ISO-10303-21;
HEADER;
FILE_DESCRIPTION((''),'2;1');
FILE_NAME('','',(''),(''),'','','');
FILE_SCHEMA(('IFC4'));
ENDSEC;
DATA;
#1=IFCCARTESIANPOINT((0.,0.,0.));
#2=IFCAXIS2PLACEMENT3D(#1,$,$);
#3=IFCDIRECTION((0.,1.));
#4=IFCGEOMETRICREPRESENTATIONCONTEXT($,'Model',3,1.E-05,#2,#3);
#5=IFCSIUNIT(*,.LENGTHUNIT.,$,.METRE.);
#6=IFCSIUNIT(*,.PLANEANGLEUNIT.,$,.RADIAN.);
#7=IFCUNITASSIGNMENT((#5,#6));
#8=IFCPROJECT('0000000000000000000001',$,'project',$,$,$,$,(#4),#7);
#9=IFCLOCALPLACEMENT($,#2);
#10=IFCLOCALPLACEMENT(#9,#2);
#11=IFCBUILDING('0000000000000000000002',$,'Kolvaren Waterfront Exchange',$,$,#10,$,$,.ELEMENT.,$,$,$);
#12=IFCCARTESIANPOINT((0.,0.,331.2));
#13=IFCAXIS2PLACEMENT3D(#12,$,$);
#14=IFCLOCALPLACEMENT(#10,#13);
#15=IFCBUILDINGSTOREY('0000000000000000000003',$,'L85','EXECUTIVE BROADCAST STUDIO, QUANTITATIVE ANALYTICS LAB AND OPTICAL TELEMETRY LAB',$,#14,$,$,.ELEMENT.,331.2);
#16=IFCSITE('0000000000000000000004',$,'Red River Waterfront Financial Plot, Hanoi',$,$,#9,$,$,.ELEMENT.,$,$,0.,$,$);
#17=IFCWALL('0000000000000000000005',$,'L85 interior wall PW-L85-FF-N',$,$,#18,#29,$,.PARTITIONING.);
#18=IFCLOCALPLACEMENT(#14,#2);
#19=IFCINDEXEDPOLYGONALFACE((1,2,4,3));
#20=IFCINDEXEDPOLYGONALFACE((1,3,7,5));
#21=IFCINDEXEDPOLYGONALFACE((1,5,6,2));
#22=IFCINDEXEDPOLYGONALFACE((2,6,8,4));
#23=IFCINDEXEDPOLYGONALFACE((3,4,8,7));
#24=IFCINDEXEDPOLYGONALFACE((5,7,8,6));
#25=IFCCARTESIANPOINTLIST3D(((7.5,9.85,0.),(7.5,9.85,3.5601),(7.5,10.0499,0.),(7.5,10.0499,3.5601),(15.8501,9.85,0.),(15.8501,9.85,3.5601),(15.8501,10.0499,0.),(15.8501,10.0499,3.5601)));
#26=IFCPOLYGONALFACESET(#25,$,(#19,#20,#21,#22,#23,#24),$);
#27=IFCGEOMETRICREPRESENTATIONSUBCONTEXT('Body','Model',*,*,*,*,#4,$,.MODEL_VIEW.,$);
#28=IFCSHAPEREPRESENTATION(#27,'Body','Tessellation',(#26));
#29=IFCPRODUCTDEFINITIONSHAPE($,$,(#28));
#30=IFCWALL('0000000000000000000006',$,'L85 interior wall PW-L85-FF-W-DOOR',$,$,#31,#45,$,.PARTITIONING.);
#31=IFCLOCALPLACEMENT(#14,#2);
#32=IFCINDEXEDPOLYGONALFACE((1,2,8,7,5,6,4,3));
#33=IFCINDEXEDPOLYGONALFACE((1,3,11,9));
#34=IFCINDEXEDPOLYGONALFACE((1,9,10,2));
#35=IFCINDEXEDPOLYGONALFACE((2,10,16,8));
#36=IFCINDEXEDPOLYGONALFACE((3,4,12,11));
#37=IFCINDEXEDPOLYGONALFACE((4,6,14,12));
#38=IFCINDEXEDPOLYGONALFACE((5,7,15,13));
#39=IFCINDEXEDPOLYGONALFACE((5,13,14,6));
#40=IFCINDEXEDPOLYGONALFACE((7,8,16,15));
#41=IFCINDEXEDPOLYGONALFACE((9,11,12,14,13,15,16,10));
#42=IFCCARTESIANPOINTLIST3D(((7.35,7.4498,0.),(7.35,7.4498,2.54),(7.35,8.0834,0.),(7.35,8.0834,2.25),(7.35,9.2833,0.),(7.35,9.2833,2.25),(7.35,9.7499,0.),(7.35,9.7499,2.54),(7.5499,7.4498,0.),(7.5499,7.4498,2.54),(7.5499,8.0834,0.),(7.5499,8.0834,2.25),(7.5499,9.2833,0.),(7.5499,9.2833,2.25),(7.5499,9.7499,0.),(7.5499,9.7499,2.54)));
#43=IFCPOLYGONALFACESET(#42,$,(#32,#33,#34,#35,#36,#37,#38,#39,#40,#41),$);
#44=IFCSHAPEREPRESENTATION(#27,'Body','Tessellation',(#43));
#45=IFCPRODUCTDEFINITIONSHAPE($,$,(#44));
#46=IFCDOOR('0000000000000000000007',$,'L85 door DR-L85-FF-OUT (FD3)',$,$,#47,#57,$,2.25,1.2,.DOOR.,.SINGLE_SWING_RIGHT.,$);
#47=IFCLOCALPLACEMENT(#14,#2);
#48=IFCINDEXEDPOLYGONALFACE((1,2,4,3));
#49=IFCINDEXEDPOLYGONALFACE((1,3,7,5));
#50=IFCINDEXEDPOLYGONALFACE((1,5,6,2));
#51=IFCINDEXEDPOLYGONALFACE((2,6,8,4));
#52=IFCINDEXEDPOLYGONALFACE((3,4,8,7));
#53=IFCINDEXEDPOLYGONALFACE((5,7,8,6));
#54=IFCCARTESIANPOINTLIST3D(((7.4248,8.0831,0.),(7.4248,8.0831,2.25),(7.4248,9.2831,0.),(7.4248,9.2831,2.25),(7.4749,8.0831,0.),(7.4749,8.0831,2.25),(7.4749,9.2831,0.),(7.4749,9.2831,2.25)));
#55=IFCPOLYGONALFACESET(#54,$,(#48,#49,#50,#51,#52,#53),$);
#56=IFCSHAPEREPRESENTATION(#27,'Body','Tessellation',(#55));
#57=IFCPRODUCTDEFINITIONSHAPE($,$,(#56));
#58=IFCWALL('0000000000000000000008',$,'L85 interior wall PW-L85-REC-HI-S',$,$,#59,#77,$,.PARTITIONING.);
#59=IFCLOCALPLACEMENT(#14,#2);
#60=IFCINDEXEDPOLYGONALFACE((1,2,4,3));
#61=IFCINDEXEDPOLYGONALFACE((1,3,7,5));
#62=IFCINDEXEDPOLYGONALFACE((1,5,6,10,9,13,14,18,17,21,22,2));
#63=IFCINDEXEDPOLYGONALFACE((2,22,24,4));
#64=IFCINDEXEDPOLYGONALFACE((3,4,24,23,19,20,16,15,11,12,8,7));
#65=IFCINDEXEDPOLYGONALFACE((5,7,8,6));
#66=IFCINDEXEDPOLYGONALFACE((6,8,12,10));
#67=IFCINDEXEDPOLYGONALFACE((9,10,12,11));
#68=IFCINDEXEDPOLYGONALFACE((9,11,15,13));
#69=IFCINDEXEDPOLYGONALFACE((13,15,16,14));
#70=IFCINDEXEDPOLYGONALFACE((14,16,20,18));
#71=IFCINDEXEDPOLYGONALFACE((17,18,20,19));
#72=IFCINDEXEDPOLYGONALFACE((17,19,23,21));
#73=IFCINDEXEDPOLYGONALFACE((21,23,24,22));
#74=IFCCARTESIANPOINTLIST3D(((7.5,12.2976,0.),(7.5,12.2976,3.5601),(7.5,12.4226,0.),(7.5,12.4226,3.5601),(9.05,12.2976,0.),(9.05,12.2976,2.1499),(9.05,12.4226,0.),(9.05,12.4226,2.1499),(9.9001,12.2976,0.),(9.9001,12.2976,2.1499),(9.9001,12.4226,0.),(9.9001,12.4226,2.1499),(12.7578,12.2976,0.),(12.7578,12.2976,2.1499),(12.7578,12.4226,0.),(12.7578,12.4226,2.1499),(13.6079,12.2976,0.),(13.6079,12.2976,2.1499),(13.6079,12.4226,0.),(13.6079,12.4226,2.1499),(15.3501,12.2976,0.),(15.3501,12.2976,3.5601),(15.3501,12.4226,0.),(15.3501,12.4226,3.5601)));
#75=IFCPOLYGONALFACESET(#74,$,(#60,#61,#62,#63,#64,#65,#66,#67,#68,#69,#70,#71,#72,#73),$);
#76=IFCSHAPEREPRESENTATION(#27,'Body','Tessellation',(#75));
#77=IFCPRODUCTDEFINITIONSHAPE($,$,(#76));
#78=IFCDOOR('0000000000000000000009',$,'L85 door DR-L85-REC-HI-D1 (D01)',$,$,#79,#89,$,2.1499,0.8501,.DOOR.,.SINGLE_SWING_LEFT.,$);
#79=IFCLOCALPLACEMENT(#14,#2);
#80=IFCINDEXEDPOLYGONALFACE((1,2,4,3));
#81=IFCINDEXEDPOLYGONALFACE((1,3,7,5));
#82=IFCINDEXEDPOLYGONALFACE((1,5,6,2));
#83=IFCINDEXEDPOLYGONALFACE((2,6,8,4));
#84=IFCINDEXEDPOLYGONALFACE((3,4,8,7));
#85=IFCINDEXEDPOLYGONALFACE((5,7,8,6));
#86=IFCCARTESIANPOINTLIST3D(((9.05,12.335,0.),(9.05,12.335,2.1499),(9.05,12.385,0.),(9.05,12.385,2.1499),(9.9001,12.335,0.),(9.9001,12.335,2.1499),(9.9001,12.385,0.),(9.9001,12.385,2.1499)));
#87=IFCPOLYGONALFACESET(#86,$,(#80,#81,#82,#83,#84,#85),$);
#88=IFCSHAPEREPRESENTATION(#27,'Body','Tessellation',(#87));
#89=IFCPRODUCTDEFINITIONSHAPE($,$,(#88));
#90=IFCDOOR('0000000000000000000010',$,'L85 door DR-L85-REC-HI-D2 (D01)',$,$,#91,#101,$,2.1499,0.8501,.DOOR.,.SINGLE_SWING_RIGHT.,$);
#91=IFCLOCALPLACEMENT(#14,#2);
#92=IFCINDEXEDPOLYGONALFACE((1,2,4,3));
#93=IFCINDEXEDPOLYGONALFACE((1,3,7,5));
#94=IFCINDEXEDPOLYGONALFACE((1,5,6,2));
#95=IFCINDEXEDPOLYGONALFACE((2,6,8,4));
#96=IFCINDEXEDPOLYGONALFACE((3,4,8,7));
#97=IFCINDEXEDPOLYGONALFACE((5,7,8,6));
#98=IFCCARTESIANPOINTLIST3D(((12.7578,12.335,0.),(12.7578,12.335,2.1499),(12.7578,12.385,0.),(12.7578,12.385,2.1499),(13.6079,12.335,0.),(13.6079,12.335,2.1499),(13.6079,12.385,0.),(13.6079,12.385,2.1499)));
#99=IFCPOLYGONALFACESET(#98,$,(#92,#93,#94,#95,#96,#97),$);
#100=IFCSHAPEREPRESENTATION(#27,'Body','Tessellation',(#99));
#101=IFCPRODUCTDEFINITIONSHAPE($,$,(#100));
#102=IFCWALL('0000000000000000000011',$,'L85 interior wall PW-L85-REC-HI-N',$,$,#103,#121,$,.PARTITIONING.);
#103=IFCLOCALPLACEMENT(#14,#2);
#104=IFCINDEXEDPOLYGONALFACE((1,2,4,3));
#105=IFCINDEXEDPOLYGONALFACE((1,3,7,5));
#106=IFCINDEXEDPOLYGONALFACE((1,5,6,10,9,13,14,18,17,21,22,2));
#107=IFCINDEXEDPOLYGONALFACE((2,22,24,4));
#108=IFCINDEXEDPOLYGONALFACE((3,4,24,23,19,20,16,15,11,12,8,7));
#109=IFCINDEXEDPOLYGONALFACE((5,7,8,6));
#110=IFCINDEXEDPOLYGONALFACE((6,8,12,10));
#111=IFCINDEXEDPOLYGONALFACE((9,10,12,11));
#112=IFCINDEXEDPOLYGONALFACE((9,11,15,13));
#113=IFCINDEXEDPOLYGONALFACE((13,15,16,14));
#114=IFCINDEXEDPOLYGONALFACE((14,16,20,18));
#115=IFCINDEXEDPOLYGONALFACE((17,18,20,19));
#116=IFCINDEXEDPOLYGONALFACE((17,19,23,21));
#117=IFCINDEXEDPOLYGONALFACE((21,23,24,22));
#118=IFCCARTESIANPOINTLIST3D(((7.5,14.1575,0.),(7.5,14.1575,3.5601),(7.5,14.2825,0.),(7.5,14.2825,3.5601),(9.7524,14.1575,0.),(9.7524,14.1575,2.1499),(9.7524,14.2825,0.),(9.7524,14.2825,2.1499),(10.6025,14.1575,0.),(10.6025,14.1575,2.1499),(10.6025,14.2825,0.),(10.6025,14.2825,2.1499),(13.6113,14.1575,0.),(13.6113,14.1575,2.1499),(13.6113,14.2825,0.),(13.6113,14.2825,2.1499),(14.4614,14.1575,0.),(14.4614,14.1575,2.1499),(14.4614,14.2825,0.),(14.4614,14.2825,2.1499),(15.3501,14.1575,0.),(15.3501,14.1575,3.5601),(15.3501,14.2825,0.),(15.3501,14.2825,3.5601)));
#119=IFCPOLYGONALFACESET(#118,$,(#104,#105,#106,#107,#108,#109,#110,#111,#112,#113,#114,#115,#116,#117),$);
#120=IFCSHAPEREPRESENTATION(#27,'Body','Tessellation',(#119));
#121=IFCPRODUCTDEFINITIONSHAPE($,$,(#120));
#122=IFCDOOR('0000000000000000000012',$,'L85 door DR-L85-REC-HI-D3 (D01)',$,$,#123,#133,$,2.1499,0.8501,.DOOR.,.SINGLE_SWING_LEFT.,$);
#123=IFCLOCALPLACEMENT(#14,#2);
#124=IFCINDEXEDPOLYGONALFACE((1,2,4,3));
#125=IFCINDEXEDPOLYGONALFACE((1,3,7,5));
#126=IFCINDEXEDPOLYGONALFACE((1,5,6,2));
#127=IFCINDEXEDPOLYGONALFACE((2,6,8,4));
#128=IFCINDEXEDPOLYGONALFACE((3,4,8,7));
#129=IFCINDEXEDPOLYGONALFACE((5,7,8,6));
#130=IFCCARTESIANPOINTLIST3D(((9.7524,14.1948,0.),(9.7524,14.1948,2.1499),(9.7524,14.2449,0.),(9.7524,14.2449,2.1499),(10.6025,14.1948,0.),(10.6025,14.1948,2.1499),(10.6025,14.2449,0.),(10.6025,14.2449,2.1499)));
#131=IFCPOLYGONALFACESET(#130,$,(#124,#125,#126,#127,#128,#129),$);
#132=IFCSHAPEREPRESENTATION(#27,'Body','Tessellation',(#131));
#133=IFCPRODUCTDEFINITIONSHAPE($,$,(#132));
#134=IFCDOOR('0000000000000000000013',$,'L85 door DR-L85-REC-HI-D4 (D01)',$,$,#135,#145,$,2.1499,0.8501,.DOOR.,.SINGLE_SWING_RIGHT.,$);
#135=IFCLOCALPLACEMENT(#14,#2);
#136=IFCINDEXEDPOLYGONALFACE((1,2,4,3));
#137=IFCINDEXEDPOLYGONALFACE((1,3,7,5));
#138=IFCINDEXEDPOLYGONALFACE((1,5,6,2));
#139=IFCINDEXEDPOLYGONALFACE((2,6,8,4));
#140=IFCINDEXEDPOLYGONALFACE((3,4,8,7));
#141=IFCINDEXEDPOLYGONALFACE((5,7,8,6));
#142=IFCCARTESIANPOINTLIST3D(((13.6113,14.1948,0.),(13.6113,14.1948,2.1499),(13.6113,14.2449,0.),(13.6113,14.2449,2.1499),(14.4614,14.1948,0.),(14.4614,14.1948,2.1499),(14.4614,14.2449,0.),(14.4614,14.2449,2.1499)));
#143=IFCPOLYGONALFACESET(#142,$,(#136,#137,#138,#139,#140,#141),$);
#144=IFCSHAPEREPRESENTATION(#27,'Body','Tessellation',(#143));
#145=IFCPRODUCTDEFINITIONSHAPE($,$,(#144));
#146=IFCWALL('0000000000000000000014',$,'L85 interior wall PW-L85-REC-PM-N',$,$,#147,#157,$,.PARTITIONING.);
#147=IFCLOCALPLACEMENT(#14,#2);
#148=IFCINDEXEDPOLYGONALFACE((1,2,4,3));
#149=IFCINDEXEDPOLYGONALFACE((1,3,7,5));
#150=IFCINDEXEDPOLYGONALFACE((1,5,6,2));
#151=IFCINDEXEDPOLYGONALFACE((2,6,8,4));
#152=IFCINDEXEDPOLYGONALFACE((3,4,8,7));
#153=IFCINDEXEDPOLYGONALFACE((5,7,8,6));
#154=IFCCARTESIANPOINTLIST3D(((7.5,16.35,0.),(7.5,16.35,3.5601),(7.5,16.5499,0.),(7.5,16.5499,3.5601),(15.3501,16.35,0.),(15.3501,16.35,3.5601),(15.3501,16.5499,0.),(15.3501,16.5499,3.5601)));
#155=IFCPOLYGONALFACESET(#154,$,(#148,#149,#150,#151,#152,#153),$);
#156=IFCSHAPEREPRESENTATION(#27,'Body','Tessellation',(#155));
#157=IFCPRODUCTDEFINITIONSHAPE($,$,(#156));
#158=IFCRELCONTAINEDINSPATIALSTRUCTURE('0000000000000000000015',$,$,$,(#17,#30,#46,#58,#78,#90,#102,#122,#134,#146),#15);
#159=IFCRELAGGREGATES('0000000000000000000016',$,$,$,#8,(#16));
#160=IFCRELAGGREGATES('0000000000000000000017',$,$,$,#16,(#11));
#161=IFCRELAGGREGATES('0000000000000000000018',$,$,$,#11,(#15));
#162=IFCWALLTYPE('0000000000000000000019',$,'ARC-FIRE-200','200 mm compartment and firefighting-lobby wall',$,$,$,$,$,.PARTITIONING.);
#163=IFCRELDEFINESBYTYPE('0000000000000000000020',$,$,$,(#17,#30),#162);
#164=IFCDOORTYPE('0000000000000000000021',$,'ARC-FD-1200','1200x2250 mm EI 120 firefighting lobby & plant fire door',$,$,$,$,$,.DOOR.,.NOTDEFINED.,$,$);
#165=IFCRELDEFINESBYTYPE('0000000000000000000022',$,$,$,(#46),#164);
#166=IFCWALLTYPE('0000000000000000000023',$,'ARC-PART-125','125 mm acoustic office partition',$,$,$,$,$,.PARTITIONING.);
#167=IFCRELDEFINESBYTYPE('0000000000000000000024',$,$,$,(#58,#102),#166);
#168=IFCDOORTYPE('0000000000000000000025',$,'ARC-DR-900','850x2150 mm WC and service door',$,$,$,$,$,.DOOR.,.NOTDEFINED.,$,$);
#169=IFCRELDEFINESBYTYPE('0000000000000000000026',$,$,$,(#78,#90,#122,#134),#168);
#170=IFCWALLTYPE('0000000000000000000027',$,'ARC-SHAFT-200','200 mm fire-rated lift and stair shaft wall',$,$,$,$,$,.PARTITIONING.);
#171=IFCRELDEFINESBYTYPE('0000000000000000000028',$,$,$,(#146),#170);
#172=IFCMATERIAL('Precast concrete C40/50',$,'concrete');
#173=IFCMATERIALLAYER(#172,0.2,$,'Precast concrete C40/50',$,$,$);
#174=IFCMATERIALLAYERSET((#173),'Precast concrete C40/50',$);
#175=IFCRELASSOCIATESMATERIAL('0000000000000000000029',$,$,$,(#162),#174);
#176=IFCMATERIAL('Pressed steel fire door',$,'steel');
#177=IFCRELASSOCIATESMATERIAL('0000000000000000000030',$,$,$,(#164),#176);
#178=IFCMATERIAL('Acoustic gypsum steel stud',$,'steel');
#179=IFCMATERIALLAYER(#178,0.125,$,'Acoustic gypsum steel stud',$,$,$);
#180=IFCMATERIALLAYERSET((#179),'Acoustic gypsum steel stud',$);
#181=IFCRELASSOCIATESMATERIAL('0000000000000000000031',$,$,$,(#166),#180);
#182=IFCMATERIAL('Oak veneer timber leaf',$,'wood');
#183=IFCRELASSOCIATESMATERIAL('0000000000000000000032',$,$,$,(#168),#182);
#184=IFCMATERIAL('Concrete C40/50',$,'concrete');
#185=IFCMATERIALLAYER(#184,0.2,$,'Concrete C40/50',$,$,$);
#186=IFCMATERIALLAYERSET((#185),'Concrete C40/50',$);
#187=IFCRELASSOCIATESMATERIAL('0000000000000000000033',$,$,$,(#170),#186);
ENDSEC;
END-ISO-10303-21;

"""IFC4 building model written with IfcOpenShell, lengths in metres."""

from ifc_helpers import new_model, si_unit, direction, frame, frame_2d, origin, place, context, subcontext, project, spatial, rectangle, extrude, material, layer, layer_set, type_object, element, fill, save


model = new_model("IFC4")

# Units and contexts
model_context = context("Model", 3, precision=1e-05, world=origin(), true_north=direction((0.0, 1.0)))
body_context = subcontext(model_context, "Body", "Model", "MODEL_VIEW")
ifc_project = project(units=[si_unit("LENGTHUNIT", "METRE"), si_unit("PLANEANGLEUNIT", "RADIAN")], contexts=[model_context])

# Site, building, storey
site_placement = place(None, origin())
site = spatial("IfcSite", under=ifc_project, at=site_placement, Name="Red River Waterfront Financial Plot, Hanoi", CompositionType="ELEMENT", RefElevation=0.0)
building_placement = place(site_placement, origin())
building = spatial("IfcBuilding", under=site, at=building_placement, Name="Kolvaren Waterfront Exchange", CompositionType="ELEMENT")
storey_placement = place(building_placement, frame((0.0, 0.0, 331.2)))
storey = spatial("IfcBuildingStorey", under=building, at=storey_placement, Name="L85", Description="EXECUTIVE BROADCAST STUDIO, QUANTITATIVE ANALYTICS LAB AND OPTICAL TELEMETRY LAB", CompositionType="ELEMENT", Elevation=331.2)

# Wall
ifc_material_1 = material(Name="Precast concrete C40/50", Category="concrete")
ifc_layer_1 = layer(ifc_material_1, 0.2, Name="Precast concrete C40/50")
ifc_layer_set_1 = layer_set([ifc_layer_1], Name="Precast concrete C40/50")
wall_type_1 = type_object("IfcWallType", Name="ARC-FIRE-200", Description="200 mm compartment and firefighting-lobby wall", PredefinedType="PARTITIONING", material=ifc_layer_set_1)
wall_1_placement = place(storey_placement, frame((7.5, 9.95, 0.0), z_axis=(0.0, 0.0, 1.0), x_axis=(1.0, 0.0, 0.0)))
element("IfcWall", 1, at=wall_1_placement, inside=storey, type_object=wall_type_1, Name="L85 interior wall PW-L85-FF-N", PredefinedType="PARTITIONING", context=body_context, shape_type="SweptSolid", body=[
    extrude(rectangle(XDim=8.3501, YDim=0.2, at=frame_2d((4.175, 0.0))), origin(), (0.0, 0.0, 1.0), 3.5601),
])

# Wall, opening, door
wall_2_placement = place(storey_placement, frame((7.45, 7.45, 0.0), z_axis=(0.0, 0.0, 1.0), x_axis=(0.0, 1.0, 0.0)))
wall_2 = element("IfcWall", 2, at=wall_2_placement, inside=storey, type_object=wall_type_1, Name="L85 interior wall PW-L85-FF-W-DOOR", PredefinedType="PARTITIONING", context=body_context, shape_type="SweptSolid", body=[
    extrude(rectangle(XDim=2.3, YDim=0.2, at=frame_2d((1.1499, 0.0))), origin(), (0.0, 0.0, 1.0), 2.54),
])
opening_1_placement = place(wall_2_placement, frame((0.6333, 0.0, 0.0)))
opening_1 = element("IfcOpeningElement", 3, at=opening_1_placement, cuts=wall_2, PredefinedType="OPENING", context=body_context, shape_type="SweptSolid", body=[
    extrude(rectangle(XDim=1.2, YDim=2.25, at=frame_2d((0.6001, 1.125))), frame((0.0, 0.1099, 0.0), z_axis=(0.0, -1.0, 0.0), x_axis=(1.0, 0.0, 0.0)), (0.0, 0.0, 1.0), 0.22),
])
ifc_material_2 = material(Name="Pressed steel fire door", Category="steel")
door_type_1 = type_object("IfcDoorType", Name="ARC-FD-1200", Description="1200x2250 mm EI 120 firefighting lobby & plant fire door", OperationType="NOTDEFINED", PredefinedType="DOOR", material=ifc_material_2)
door_1_placement = place(opening_1_placement, frame((1.2, 0.0, 0.0), z_axis=(0.0, 0.0, 1.0), x_axis=(-1.0, 0.0, 0.0)))
door_1 = element("IfcDoor", 4, at=door_1_placement, inside=storey, type_object=door_type_1, Name="L85 door DR-L85-FF-OUT (FD3)", OperationType="SINGLE_SWING_RIGHT", OverallHeight=2.25, OverallWidth=1.2, PredefinedType="DOOR", context=body_context, shape_type="SweptSolid", body=[
    extrude(rectangle(XDim=1.2, YDim=2.25, at=frame_2d((0.6001, 1.125))), frame((0.0, 0.0249, 0.0), z_axis=(0.0, -1.0, 0.0), x_axis=(1.0, 0.0, 0.0)), (0.0, 0.0, 1.0), 0.05),
])
fill(opening_1, door_1)

# Walls, openings, doors
ifc_material_3 = material(Name="Acoustic gypsum steel stud", Category="steel")
ifc_layer_2 = layer(ifc_material_3, 0.125, Name="Acoustic gypsum steel stud")
ifc_layer_set_2 = layer_set([ifc_layer_2], Name="Acoustic gypsum steel stud")
wall_type_2 = type_object("IfcWallType", Name="ARC-PART-125", Description="125 mm acoustic office partition", PredefinedType="PARTITIONING", material=ifc_layer_set_2)
wall_3_placement = place(storey_placement, frame((7.5, 12.3601, 0.0), z_axis=(0.0, 0.0, 1.0), x_axis=(1.0, 0.0, 0.0)))
wall_3 = element("IfcWall", 5, at=wall_3_placement, inside=storey, type_object=wall_type_2, Name="L85 interior wall PW-L85-REC-HI-S", PredefinedType="PARTITIONING", context=body_context, shape_type="SweptSolid", body=[
    extrude(rectangle(XDim=7.8501, YDim=0.125, at=frame_2d((3.925, 0.0))), origin(), (0.0, 0.0, 1.0), 3.5601),
])
opening_2_placement = place(wall_3_placement, frame((1.55, 0.0, 0.0)))
opening_2 = element("IfcOpeningElement", 6, at=opening_2_placement, cuts=wall_3, PredefinedType="OPENING", context=body_context, shape_type="SweptSolid", body=[
    extrude(rectangle(XDim=0.8501, YDim=2.1499, at=frame_2d((0.425, 1.075))), frame((0.0, 0.0725, 0.0), z_axis=(0.0, -1.0, 0.0), x_axis=(1.0, 0.0, 0.0)), (0.0, 0.0, 1.0), 0.145),
])
opening_3_placement = place(wall_3_placement, frame((5.2578, 0.0, 0.0)))
opening_3 = element("IfcOpeningElement", 7, at=opening_3_placement, cuts=wall_3, PredefinedType="OPENING", context=body_context, shape_type="SweptSolid", body=[
    extrude(rectangle(XDim=0.8501, YDim=2.1499, at=frame_2d((0.425, 1.075))), frame((0.0, 0.0725, 0.0), z_axis=(0.0, -1.0, 0.0), x_axis=(1.0, 0.0, 0.0)), (0.0, 0.0, 1.0), 0.145),
])
ifc_material_4 = material(Name="Oak veneer timber leaf", Category="wood")
door_type_2 = type_object("IfcDoorType", Name="ARC-DR-900", Description="850x2150 mm WC and service door", OperationType="NOTDEFINED", PredefinedType="DOOR", material=ifc_material_4)
door_2_placement = place(opening_2_placement, origin())
door_2 = element("IfcDoor", 8, at=door_2_placement, inside=storey, type_object=door_type_2, Name="L85 door DR-L85-REC-HI-D1 (D01)", OperationType="SINGLE_SWING_LEFT", OverallHeight=2.1499, OverallWidth=0.8501, PredefinedType="DOOR", context=body_context, shape_type="SweptSolid", body=[
    extrude(rectangle(XDim=0.8501, YDim=2.1499, at=frame_2d((0.425, 1.075))), frame((0.0, 0.0249, 0.0), z_axis=(0.0, -1.0, 0.0), x_axis=(1.0, 0.0, 0.0)), (0.0, 0.0, 1.0), 0.05),
])
fill(opening_2, door_2)
door_3_placement = place(opening_3_placement, origin())
door_3 = element("IfcDoor", 9, at=door_3_placement, inside=storey, type_object=door_type_2, Name="L85 door DR-L85-REC-HI-D2 (D01)", OperationType="SINGLE_SWING_RIGHT", OverallHeight=2.1499, OverallWidth=0.8501, PredefinedType="DOOR", context=body_context, shape_type="SweptSolid", body=[
    extrude(rectangle(XDim=0.8501, YDim=2.1499, at=frame_2d((0.425, 1.075))), frame((0.0, 0.0249, 0.0), z_axis=(0.0, -1.0, 0.0), x_axis=(1.0, 0.0, 0.0)), (0.0, 0.0, 1.0), 0.05),
])
fill(opening_3, door_3)
wall_4_placement = place(storey_placement, frame((7.5, 14.22, 0.0), z_axis=(0.0, 0.0, 1.0), x_axis=(1.0, 0.0, 0.0)))
wall_4 = element("IfcWall", 10, at=wall_4_placement, inside=storey, type_object=wall_type_2, Name="L85 interior wall PW-L85-REC-HI-N", PredefinedType="PARTITIONING", context=body_context, shape_type="SweptSolid", body=[
    extrude(rectangle(XDim=7.8501, YDim=0.125, at=frame_2d((3.925, 0.0))), origin(), (0.0, 0.0, 1.0), 3.5601),
])
opening_4_placement = place(wall_4_placement, frame((2.2524, 0.0, 0.0)))
opening_4 = element("IfcOpeningElement", 11, at=opening_4_placement, cuts=wall_4, PredefinedType="OPENING", context=body_context, shape_type="SweptSolid", body=[
    extrude(rectangle(XDim=0.8501, YDim=2.1499, at=frame_2d((0.425, 1.075))), frame((0.0, 0.0725, 0.0), z_axis=(0.0, -1.0, 0.0), x_axis=(1.0, 0.0, 0.0)), (0.0, 0.0, 1.0), 0.145),
])
opening_5_placement = place(wall_4_placement, frame((6.1113, 0.0, 0.0)))
opening_5 = element("IfcOpeningElement", 12, at=opening_5_placement, cuts=wall_4, PredefinedType="OPENING", context=body_context, shape_type="SweptSolid", body=[
    extrude(rectangle(XDim=0.8501, YDim=2.1499, at=frame_2d((0.425, 1.075))), frame((0.0, 0.0725, 0.0), z_axis=(0.0, -1.0, 0.0), x_axis=(1.0, 0.0, 0.0)), (0.0, 0.0, 1.0), 0.145),
])
door_4_placement = place(opening_4_placement, origin())
door_4 = element("IfcDoor", 13, at=door_4_placement, inside=storey, type_object=door_type_2, Name="L85 door DR-L85-REC-HI-D3 (D01)", OperationType="SINGLE_SWING_LEFT", OverallHeight=2.1499, OverallWidth=0.8501, PredefinedType="DOOR", context=body_context, shape_type="SweptSolid", body=[
    extrude(rectangle(XDim=0.8501, YDim=2.1499, at=frame_2d((0.425, 1.075))), frame((0.0, 0.0249, 0.0), z_axis=(0.0, -1.0, 0.0), x_axis=(1.0, 0.0, 0.0)), (0.0, 0.0, 1.0), 0.05),
])
fill(opening_4, door_4)
door_5_placement = place(opening_5_placement, origin())
door_5 = element("IfcDoor", 14, at=door_5_placement, inside=storey, type_object=door_type_2, Name="L85 door DR-L85-REC-HI-D4 (D01)", OperationType="SINGLE_SWING_RIGHT", OverallHeight=2.1499, OverallWidth=0.8501, PredefinedType="DOOR", context=body_context, shape_type="SweptSolid", body=[
    extrude(rectangle(XDim=0.8501, YDim=2.1499, at=frame_2d((0.425, 1.075))), frame((0.0, 0.0249, 0.0), z_axis=(0.0, -1.0, 0.0), x_axis=(1.0, 0.0, 0.0)), (0.0, 0.0, 1.0), 0.05),
])
fill(opening_5, door_5)

# Wall
ifc_material_5 = material(Name="Concrete C40/50", Category="concrete")
ifc_layer_3 = layer(ifc_material_5, 0.2, Name="Concrete C40/50")
ifc_layer_set_3 = layer_set([ifc_layer_3], Name="Concrete C40/50")
wall_type_3 = type_object("IfcWallType", Name="ARC-SHAFT-200", Description="200 mm fire-rated lift and stair shaft wall", PredefinedType="PARTITIONING", material=ifc_layer_set_3)
wall_5_placement = place(storey_placement, frame((7.5, 16.45, 0.0), z_axis=(0.0, 0.0, 1.0), x_axis=(1.0, 0.0, 0.0)))
element("IfcWall", 15, at=wall_5_placement, inside=storey, type_object=wall_type_3, Name="L85 interior wall PW-L85-REC-PM-N", PredefinedType="PARTITIONING", context=body_context, shape_type="SweptSolid", body=[
    extrude(rectangle(XDim=7.8501, YDim=0.2, at=frame_2d((3.925, 0.0))), origin(), (0.0, 0.0, 1.0), 3.5601),
])

save(model, "model.ifc")
